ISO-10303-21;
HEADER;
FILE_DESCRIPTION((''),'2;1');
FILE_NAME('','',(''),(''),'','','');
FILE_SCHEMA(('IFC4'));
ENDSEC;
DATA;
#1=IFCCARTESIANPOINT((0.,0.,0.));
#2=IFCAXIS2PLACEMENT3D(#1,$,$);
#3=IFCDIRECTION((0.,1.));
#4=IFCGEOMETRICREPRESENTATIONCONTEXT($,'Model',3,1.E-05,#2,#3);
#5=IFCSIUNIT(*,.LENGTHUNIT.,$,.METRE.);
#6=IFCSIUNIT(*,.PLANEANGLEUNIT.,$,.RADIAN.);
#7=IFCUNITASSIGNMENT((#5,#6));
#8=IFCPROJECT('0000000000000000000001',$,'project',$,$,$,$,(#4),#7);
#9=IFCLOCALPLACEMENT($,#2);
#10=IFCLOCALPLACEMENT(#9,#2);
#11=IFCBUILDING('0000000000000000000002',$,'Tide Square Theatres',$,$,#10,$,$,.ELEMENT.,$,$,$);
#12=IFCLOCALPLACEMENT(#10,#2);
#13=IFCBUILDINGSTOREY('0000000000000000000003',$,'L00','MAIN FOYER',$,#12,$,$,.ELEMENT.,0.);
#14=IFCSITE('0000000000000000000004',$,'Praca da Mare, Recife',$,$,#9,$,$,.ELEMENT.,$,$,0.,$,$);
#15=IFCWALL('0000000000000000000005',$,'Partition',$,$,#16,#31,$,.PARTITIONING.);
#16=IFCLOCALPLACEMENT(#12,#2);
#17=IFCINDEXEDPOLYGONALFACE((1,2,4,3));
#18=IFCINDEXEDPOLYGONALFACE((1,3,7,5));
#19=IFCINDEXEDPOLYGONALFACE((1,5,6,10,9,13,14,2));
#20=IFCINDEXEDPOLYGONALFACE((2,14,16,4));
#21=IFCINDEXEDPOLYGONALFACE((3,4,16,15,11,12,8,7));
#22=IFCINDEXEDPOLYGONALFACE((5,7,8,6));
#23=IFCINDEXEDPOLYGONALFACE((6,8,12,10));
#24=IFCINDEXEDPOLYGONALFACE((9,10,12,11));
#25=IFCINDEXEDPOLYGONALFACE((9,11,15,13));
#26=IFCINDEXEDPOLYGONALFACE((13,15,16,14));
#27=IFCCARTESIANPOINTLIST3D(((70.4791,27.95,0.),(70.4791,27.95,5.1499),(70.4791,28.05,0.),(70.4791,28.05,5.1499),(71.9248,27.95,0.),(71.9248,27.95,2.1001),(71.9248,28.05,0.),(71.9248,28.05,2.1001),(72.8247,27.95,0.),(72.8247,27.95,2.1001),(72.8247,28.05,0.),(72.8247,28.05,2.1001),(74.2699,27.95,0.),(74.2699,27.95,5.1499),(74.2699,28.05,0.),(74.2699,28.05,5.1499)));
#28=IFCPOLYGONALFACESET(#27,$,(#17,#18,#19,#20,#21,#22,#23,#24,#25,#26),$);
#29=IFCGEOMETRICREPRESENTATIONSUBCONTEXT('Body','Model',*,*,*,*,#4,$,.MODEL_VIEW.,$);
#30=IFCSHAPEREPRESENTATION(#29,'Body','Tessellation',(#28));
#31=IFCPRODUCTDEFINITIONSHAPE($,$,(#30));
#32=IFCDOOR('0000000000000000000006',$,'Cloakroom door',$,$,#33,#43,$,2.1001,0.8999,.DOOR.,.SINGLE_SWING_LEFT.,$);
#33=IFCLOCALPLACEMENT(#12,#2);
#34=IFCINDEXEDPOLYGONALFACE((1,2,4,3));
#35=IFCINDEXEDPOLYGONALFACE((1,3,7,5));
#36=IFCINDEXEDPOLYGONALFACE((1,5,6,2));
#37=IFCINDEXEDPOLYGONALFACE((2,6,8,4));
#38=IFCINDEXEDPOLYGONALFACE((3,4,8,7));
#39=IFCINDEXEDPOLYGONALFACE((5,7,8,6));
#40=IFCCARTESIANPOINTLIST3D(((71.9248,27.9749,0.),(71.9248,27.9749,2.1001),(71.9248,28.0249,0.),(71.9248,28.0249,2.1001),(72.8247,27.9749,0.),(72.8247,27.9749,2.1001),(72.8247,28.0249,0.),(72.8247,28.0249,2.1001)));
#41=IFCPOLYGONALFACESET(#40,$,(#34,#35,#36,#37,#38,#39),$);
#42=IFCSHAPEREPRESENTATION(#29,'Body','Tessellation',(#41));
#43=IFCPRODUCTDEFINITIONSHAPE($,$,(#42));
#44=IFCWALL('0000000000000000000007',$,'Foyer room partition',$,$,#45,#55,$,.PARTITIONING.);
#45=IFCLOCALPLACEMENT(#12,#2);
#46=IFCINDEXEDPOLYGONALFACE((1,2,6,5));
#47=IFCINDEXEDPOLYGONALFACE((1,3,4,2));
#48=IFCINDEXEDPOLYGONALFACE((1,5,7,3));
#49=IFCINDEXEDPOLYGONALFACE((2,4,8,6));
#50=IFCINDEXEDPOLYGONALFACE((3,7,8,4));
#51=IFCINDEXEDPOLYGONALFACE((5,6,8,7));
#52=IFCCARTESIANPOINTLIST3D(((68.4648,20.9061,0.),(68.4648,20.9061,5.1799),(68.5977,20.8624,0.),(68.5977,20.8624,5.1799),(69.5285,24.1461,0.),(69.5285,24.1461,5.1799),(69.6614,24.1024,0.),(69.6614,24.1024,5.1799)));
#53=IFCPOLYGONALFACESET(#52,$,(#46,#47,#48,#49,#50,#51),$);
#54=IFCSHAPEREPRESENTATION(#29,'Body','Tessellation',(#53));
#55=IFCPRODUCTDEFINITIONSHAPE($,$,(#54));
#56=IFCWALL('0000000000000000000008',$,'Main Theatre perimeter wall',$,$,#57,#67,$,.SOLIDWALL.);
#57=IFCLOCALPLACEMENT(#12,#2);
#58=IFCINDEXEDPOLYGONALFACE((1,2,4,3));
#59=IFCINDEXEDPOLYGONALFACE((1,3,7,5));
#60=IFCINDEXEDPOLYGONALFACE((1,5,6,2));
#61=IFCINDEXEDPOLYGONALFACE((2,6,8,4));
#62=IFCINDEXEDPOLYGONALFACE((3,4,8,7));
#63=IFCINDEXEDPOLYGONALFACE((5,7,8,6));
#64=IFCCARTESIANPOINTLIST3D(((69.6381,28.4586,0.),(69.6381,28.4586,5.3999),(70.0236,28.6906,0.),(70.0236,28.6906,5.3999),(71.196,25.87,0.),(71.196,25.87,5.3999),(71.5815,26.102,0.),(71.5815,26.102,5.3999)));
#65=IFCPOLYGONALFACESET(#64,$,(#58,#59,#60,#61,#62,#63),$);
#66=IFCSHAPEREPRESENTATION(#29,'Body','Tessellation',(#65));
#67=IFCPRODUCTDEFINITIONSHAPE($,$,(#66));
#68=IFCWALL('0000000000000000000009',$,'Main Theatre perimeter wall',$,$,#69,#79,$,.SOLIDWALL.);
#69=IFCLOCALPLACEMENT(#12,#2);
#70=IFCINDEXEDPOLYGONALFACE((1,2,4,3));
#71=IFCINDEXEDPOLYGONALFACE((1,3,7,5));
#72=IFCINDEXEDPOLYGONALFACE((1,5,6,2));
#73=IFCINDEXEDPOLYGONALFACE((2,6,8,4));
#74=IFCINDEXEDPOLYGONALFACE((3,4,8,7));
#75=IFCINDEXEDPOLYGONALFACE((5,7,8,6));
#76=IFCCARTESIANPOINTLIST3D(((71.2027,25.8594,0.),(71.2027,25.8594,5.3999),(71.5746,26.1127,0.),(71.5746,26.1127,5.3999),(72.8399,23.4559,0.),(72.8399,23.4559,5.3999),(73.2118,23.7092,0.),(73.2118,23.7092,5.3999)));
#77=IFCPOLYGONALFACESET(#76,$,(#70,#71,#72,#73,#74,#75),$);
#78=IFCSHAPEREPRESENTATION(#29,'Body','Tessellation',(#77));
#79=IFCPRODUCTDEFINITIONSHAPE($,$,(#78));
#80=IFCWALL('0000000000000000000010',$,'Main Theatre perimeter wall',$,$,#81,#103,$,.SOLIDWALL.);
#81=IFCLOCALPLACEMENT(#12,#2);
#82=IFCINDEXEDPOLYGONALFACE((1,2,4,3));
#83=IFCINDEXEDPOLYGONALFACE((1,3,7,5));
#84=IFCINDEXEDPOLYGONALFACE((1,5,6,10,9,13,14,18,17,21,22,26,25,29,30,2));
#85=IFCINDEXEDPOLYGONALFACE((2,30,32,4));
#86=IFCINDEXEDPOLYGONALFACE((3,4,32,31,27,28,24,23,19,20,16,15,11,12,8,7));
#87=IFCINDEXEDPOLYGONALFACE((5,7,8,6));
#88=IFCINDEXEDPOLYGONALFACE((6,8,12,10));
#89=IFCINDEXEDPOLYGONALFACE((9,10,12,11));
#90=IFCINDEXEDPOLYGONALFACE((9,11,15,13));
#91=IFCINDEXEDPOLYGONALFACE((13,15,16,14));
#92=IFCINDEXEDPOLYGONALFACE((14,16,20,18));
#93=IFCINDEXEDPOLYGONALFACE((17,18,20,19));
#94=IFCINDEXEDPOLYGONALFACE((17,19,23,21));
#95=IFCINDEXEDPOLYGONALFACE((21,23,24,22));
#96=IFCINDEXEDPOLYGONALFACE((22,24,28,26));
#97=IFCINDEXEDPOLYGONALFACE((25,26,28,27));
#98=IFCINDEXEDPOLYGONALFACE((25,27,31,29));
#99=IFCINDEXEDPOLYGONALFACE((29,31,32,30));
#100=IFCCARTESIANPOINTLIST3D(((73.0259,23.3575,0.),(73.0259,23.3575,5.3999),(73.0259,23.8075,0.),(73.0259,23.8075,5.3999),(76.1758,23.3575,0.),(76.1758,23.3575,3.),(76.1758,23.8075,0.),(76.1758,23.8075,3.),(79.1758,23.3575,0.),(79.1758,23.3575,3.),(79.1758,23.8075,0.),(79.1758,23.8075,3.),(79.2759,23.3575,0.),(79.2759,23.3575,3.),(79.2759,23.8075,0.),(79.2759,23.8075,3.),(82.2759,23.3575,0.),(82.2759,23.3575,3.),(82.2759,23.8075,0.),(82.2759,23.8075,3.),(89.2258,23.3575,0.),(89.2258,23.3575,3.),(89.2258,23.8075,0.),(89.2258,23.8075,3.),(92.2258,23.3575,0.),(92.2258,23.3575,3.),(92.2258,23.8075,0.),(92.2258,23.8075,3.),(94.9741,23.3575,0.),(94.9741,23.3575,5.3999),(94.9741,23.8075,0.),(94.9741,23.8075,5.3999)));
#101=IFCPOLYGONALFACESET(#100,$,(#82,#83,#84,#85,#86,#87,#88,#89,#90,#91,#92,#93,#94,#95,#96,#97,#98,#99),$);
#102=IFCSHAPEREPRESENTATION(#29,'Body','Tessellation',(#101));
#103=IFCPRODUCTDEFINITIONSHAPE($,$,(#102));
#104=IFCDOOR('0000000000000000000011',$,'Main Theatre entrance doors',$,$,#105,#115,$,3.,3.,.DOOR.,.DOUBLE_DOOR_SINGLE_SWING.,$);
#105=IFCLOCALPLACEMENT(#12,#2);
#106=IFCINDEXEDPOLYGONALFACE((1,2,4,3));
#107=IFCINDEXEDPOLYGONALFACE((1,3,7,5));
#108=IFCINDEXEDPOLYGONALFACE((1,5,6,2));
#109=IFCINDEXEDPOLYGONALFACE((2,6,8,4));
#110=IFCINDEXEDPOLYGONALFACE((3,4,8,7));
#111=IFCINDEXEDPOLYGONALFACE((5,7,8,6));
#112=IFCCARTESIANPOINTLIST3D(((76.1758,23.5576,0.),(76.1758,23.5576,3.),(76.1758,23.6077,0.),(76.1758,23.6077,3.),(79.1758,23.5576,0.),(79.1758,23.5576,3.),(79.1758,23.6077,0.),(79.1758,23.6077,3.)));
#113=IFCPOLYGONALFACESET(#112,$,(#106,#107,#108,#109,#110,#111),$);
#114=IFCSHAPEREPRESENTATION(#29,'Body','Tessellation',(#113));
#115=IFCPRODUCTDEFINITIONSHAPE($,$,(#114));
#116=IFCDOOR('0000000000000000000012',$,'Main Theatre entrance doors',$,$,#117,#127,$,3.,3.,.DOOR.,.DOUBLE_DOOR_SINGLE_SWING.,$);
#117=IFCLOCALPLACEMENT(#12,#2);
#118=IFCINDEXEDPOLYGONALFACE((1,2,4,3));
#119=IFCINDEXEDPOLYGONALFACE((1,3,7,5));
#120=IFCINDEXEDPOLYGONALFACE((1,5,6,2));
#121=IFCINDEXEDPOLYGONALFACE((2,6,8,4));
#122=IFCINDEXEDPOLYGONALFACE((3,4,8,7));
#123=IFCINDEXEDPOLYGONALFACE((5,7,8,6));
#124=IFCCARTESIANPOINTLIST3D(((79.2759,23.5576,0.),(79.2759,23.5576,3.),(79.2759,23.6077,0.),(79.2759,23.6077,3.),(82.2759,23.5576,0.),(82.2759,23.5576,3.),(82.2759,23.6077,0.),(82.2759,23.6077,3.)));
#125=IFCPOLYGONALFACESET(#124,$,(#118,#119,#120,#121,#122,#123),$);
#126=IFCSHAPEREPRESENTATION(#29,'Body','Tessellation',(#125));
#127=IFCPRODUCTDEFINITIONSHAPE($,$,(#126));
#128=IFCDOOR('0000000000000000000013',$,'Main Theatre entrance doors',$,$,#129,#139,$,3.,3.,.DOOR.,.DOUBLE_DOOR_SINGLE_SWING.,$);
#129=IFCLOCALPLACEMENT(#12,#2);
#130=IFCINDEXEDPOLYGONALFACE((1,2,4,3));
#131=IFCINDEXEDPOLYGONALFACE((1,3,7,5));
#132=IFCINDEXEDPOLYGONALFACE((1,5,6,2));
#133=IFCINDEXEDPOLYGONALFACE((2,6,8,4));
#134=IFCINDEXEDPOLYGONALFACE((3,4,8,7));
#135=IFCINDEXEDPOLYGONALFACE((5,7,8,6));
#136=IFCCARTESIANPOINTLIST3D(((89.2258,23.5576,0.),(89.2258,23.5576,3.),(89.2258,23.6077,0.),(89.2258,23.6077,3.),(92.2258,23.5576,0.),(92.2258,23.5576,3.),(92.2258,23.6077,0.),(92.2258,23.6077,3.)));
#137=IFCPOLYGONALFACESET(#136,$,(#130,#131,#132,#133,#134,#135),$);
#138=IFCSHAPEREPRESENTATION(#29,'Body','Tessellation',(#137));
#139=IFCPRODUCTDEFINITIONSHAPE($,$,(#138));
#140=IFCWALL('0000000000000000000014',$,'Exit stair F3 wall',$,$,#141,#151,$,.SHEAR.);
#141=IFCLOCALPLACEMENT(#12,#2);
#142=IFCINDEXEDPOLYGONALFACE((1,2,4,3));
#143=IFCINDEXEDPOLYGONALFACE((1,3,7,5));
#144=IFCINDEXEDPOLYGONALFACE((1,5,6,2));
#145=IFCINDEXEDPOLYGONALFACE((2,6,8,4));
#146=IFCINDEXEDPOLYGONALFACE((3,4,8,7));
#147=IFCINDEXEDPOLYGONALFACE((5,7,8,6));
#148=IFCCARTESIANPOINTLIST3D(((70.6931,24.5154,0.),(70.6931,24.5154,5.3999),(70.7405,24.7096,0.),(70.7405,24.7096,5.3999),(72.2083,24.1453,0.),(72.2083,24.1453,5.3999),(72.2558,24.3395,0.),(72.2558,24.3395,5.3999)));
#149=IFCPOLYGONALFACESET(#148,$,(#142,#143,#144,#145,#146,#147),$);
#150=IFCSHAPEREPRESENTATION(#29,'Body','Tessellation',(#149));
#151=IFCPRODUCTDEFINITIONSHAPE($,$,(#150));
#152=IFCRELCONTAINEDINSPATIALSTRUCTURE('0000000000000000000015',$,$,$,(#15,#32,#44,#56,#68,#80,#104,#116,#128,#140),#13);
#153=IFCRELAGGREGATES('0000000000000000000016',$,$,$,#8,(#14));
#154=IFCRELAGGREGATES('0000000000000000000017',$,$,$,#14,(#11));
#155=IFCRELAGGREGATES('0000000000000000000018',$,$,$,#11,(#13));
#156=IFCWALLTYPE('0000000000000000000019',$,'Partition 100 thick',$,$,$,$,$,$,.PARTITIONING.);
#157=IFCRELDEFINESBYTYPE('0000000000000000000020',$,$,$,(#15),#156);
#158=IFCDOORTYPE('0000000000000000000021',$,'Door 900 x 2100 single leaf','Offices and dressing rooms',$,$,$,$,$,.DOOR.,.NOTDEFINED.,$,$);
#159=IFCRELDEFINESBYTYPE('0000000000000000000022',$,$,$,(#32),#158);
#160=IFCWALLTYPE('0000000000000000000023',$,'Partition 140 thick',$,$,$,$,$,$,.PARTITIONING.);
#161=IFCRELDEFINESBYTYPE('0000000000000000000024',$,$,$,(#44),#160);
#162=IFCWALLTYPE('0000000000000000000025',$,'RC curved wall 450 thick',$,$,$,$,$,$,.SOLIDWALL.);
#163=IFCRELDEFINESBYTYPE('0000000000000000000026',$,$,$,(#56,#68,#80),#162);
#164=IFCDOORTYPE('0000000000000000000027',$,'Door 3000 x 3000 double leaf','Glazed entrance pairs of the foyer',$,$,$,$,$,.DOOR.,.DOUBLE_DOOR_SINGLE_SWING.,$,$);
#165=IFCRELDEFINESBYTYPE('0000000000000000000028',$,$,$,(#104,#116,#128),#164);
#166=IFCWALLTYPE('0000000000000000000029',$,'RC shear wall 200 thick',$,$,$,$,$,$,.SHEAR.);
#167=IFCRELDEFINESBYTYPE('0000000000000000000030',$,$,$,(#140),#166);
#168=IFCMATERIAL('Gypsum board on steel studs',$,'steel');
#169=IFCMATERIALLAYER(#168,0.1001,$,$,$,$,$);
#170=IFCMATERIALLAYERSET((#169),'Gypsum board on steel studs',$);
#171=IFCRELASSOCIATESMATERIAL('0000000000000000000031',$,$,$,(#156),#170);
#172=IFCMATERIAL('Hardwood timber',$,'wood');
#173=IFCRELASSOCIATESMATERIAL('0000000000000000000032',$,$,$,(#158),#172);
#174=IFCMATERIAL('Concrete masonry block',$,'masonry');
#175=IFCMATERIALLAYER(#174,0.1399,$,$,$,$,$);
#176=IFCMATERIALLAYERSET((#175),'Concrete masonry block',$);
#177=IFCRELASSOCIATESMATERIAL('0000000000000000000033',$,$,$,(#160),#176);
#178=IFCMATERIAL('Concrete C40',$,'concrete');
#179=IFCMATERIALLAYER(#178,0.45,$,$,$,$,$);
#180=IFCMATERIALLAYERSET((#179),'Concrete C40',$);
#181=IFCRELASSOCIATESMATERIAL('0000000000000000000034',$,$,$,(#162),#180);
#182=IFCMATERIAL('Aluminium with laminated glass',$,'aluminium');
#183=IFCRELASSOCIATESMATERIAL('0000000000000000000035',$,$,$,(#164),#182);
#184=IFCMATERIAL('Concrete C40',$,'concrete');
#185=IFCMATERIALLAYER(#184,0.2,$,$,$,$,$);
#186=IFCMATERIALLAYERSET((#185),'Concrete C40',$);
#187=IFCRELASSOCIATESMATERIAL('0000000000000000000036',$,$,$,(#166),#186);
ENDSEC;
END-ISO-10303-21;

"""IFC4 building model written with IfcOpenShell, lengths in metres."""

from ifc_helpers import new_model, si_unit, direction, frame, frame_2d, origin, place, context, subcontext, project, spatial, rectangle, extrude, material, layer, layer_set, type_object, element, fill, save


model = new_model("IFC4")

# Units and contexts
model_context = context("Model", 3, precision=1e-05, world=origin(), true_north=direction((0.0, 1.0)))
body_context = subcontext(model_context, "Body", "Model", "MODEL_VIEW")
ifc_project = project(units=[si_unit("LENGTHUNIT", "METRE"), si_unit("PLANEANGLEUNIT", "RADIAN")], contexts=[model_context])

# Site, building, storey
site_placement = place(None, origin())
site = spatial("IfcSite", under=ifc_project, at=site_placement, Name="Praca da Mare, Recife", CompositionType="ELEMENT", RefElevation=0.0)
building_placement = place(site_placement, origin())
building = spatial("IfcBuilding", under=site, at=building_placement, Name="Tide Square Theatres", CompositionType="ELEMENT")
storey_placement = place(building_placement, origin())
storey = spatial("IfcBuildingStorey", under=building, at=storey_placement, Name="L00", Description="MAIN FOYER", CompositionType="ELEMENT", Elevation=0.0)

# Shared definitions
ifc_material_1 = material(Name="Gypsum board on steel studs", Category="steel")
ifc_layer_1 = layer(ifc_material_1, 0.1001)
ifc_layer_set_1 = layer_set([ifc_layer_1], Name="Gypsum board on steel studs")
wall_type_1 = type_object("IfcWallType", Name="Partition 100 thick", PredefinedType="PARTITIONING", material=ifc_layer_set_1)

# Wall, opening, door
wall_1_placement = place(storey_placement, frame((74.27, 28.0, 0.0), z_axis=(0.0, 0.0, 1.0), x_axis=(-1.0, 0.0, 0.0)))
wall_1 = element("IfcWall", 1, at=wall_1_placement, inside=storey, type_object=wall_type_1, Name="Partition", PredefinedType="PARTITIONING", context=body_context, shape_type="SweptSolid", body=[
    extrude(rectangle(XDim=3.7908, YDim=0.1001, at=frame_2d((1.8955, 0.0))), origin(), (0.0, 0.0, 1.0), 5.1499),
])
opening_1_placement = place(wall_1_placement, frame((1.4453, 0.0, 0.0)))
opening_1 = element("IfcOpeningElement", 2, at=opening_1_placement, cuts=wall_1, PredefinedType="OPENING", context=body_context, shape_type="SweptSolid", body=[
    extrude(rectangle(XDim=0.8999, YDim=2.1001, at=frame_2d((0.45, 1.05))), frame((0.0, 0.0601, 0.0), z_axis=(0.0, -1.0, 0.0), x_axis=(1.0, 0.0, 0.0)), (0.0, 0.0, 1.0), 0.1201),
])
ifc_material_2 = material(Name="Hardwood timber", Category="wood")
door_type_1 = type_object("IfcDoorType", Name="Door 900 x 2100 single leaf", Description="Offices and dressing rooms", OperationType="NOTDEFINED", PredefinedType="DOOR", material=ifc_material_2)
door_1_placement = place(opening_1_placement, frame((0.8999, 0.0, 0.0), z_axis=(0.0, 0.0, 1.0), x_axis=(-1.0, 0.0, 0.0)))
door_1 = element("IfcDoor", 3, at=door_1_placement, inside=storey, type_object=door_type_1, Name="Cloakroom door", OperationType="SINGLE_SWING_LEFT", OverallHeight=2.1001, OverallWidth=0.8999, PredefinedType="DOOR", context=body_context, shape_type="SweptSolid", body=[
    extrude(rectangle(XDim=0.8999, YDim=2.1001, at=frame_2d((0.45, 1.05))), frame((0.0, 0.0249, 0.0), z_axis=(0.0, -1.0, 0.0), x_axis=(1.0, 0.0, 0.0)), (0.0, 0.0, 1.0), 0.05),
])
fill(opening_1, door_1)

# Walls
ifc_material_3 = material(Name="Concrete masonry block", Category="masonry")
ifc_layer_2 = layer(ifc_material_3, 0.1399)
ifc_layer_set_2 = layer_set([ifc_layer_2], Name="Concrete masonry block")
wall_type_2 = type_object("IfcWallType", Name="Partition 140 thick", PredefinedType="PARTITIONING", material=ifc_layer_set_2)
wall_2_placement = place(storey_placement, frame((69.595, 24.1243, 0.0), z_axis=(0.0, 0.0, 1.0), x_axis=(-0.311929, -0.950105, 0.0)))
element("IfcWall", 4, at=wall_2_placement, inside=storey, type_object=wall_type_2, Name="Foyer room partition", PredefinedType="PARTITIONING", context=body_context, shape_type="SweptSolid", body=[
    extrude(rectangle(XDim=3.4102, YDim=0.1399, at=frame_2d((1.7051, 0.0))), origin(), (0.0, 0.0, 1.0), 5.1799),
])
ifc_material_4 = material(Name="Concrete C40", Category="concrete")
ifc_layer_3 = layer(ifc_material_4, 0.45)
ifc_layer_set_3 = layer_set([ifc_layer_3], Name="Concrete C40")
wall_type_3 = type_object("IfcWallType", Name="RC curved wall 450 thick", PredefinedType="SOLIDWALL", material=ifc_layer_set_3)
wall_3_placement = place(storey_placement, frame((69.8308, 28.5747, 0.0), z_axis=(0.0, 0.0, 1.0), x_axis=(0.515636, -0.856808, 0.0)))
element("IfcWall", 5, at=wall_3_placement, inside=storey, type_object=wall_type_3, Name="Main Theatre perimeter wall", PredefinedType="SOLIDWALL", context=body_context, shape_type="SweptSolid", body=[
    extrude(rectangle(XDim=3.0212, YDim=0.45, at=frame_2d((1.5107, 0.0))), origin(), (0.0, 0.0, 1.0), 5.3999),
])
wall_4_placement = place(storey_placement, frame((71.3887, 25.9861, 0.0), z_axis=(0.0, 0.0, 1.0), x_axis=(0.562964, -0.826481, 0.0)))
element("IfcWall", 6, at=wall_4_placement, inside=storey, type_object=wall_type_3, Name="Main Theatre perimeter wall", PredefinedType="SOLIDWALL", context=body_context, shape_type="SweptSolid", body=[
    extrude(rectangle(XDim=2.9082, YDim=0.45, at=frame_2d((1.4541, 0.0))), origin(), (0.0, 0.0, 1.0), 5.3999),
])

# Wall, openings, doors
wall_5_placement = place(storey_placement, frame((73.0259, 23.5825, 0.0), z_axis=(0.0, 0.0, 1.0), x_axis=(1.0, 0.0, 0.0)))
wall_5 = element("IfcWall", 7, at=wall_5_placement, inside=storey, type_object=wall_type_3, Name="Main Theatre perimeter wall", PredefinedType="SOLIDWALL", context=body_context, shape_type="SweptSolid", body=[
    extrude(rectangle(XDim=21.9482, YDim=0.45, at=frame_2d((10.9741, 0.0))), origin(), (0.0, 0.0, 1.0), 5.3999),
])
opening_2_placement = place(wall_5_placement, frame((3.1499, 0.0, 0.0)))
opening_2 = element("IfcOpeningElement", 8, at=opening_2_placement, cuts=wall_5, PredefinedType="OPENING", context=body_context, shape_type="SweptSolid", body=[
    extrude(rectangle(XDim=3.0, YDim=3.0, at=frame_2d((1.5, 1.5))), frame((0.0, 0.2349, 0.0), z_axis=(0.0, -1.0, 0.0), x_axis=(1.0, 0.0, 0.0)), (0.0, 0.0, 1.0), 0.47),
])
opening_3_placement = place(wall_5_placement, frame((6.25, 0.0, 0.0)))
opening_3 = element("IfcOpeningElement", 9, at=opening_3_placement, cuts=wall_5, PredefinedType="OPENING", context=body_context, shape_type="SweptSolid", body=[
    extrude(rectangle(XDim=3.0, YDim=3.0, at=frame_2d((1.5, 1.5))), frame((0.0, 0.2349, 0.0), z_axis=(0.0, -1.0, 0.0), x_axis=(1.0, 0.0, 0.0)), (0.0, 0.0, 1.0), 0.47),
])
opening_4_placement = place(wall_5_placement, frame((16.2, 0.0, 0.0)))
opening_4 = element("IfcOpeningElement", 10, at=opening_4_placement, cuts=wall_5, PredefinedType="OPENING", context=body_context, shape_type="SweptSolid", body=[
    extrude(rectangle(XDim=3.0, YDim=3.0, at=frame_2d((1.5, 1.5))), frame((0.0, 0.2349, 0.0), z_axis=(0.0, -1.0, 0.0), x_axis=(1.0, 0.0, 0.0)), (0.0, 0.0, 1.0), 0.47),
])
ifc_material_5 = material(Name="Aluminium with laminated glass", Category="aluminium")
door_type_2 = type_object("IfcDoorType", Name="Door 3000 x 3000 double leaf", Description="Glazed entrance pairs of the foyer", OperationType="DOUBLE_DOOR_SINGLE_SWING", PredefinedType="DOOR", material=ifc_material_5)
door_2_placement = place(opening_2_placement, frame((3.0, 0.0, 0.0), z_axis=(0.0, 0.0, 1.0), x_axis=(-1.0, 0.0, 0.0)))
door_2 = element("IfcDoor", 11, at=door_2_placement, inside=storey, type_object=door_type_2, Name="Main Theatre entrance doors", OperationType="DOUBLE_DOOR_SINGLE_SWING", OverallHeight=3.0, OverallWidth=3.0, PredefinedType="DOOR", context=body_context, shape_type="SweptSolid", body=[
    extrude(rectangle(XDim=3.0, YDim=3.0, at=frame_2d((1.5, 1.5))), frame((0.0, 0.0249, 0.0), z_axis=(0.0, -1.0, 0.0), x_axis=(1.0, 0.0, 0.0)), (0.0, 0.0, 1.0), 0.05),
])
fill(opening_2, door_2)
door_3_placement = place(opening_3_placement, frame((3.0, 0.0, 0.0), z_axis=(0.0, 0.0, 1.0), x_axis=(-1.0, 0.0, 0.0)))
door_3 = element("IfcDoor", 12, at=door_3_placement, inside=storey, type_object=door_type_2, Name="Main Theatre entrance doors", OperationType="DOUBLE_DOOR_SINGLE_SWING", OverallHeight=3.0, OverallWidth=3.0, PredefinedType="DOOR", context=body_context, shape_type="SweptSolid", body=[
    extrude(rectangle(XDim=3.0, YDim=3.0, at=frame_2d((1.5, 1.5))), frame((0.0, 0.0249, 0.0), z_axis=(0.0, -1.0, 0.0), x_axis=(1.0, 0.0, 0.0)), (0.0, 0.0, 1.0), 0.05),
])
fill(opening_3, door_3)
door_4_placement = place(opening_4_placement, frame((3.0, 0.0, 0.0), z_axis=(0.0, 0.0, 1.0), x_axis=(-1.0, 0.0, 0.0)))
door_4 = element("IfcDoor", 13, at=door_4_placement, inside=storey, type_object=door_type_2, Name="Main Theatre entrance doors", OperationType="DOUBLE_DOOR_SINGLE_SWING", OverallHeight=3.0, OverallWidth=3.0, PredefinedType="DOOR", context=body_context, shape_type="SweptSolid", body=[
    extrude(rectangle(XDim=3.0, YDim=3.0, at=frame_2d((1.5, 1.5))), frame((0.0, 0.0249, 0.0), z_axis=(0.0, -1.0, 0.0), x_axis=(1.0, 0.0, 0.0)), (0.0, 0.0, 1.0), 0.05),
])
fill(opening_4, door_4)

# Wall
ifc_material_6 = material(Name="Concrete C40", Category="concrete")
ifc_layer_4 = layer(ifc_material_6, 0.2)
ifc_layer_set_4 = layer_set([ifc_layer_4], Name="Concrete C40")
wall_type_4 = type_object("IfcWallType", Name="RC shear wall 200 thick", PredefinedType="SHEAR", material=ifc_layer_set_4)
wall_6_placement = place(storey_placement, frame((72.2319, 24.2424, 0.0), z_axis=(0.0, 0.0, 1.0), x_axis=(-0.971445, 0.237266, 0.0)))
element("IfcWall", 14, at=wall_6_placement, inside=storey, type_object=wall_type_4, Name="Exit stair F3 wall", PredefinedType="SHEAR", context=body_context, shape_type="SweptSolid", body=[
    extrude(rectangle(XDim=1.5598, YDim=0.2, at=frame_2d((0.7798, 0.0))), origin(), (0.0, 0.0, 1.0), 5.3999),
])

save(model, "model.ifc")
